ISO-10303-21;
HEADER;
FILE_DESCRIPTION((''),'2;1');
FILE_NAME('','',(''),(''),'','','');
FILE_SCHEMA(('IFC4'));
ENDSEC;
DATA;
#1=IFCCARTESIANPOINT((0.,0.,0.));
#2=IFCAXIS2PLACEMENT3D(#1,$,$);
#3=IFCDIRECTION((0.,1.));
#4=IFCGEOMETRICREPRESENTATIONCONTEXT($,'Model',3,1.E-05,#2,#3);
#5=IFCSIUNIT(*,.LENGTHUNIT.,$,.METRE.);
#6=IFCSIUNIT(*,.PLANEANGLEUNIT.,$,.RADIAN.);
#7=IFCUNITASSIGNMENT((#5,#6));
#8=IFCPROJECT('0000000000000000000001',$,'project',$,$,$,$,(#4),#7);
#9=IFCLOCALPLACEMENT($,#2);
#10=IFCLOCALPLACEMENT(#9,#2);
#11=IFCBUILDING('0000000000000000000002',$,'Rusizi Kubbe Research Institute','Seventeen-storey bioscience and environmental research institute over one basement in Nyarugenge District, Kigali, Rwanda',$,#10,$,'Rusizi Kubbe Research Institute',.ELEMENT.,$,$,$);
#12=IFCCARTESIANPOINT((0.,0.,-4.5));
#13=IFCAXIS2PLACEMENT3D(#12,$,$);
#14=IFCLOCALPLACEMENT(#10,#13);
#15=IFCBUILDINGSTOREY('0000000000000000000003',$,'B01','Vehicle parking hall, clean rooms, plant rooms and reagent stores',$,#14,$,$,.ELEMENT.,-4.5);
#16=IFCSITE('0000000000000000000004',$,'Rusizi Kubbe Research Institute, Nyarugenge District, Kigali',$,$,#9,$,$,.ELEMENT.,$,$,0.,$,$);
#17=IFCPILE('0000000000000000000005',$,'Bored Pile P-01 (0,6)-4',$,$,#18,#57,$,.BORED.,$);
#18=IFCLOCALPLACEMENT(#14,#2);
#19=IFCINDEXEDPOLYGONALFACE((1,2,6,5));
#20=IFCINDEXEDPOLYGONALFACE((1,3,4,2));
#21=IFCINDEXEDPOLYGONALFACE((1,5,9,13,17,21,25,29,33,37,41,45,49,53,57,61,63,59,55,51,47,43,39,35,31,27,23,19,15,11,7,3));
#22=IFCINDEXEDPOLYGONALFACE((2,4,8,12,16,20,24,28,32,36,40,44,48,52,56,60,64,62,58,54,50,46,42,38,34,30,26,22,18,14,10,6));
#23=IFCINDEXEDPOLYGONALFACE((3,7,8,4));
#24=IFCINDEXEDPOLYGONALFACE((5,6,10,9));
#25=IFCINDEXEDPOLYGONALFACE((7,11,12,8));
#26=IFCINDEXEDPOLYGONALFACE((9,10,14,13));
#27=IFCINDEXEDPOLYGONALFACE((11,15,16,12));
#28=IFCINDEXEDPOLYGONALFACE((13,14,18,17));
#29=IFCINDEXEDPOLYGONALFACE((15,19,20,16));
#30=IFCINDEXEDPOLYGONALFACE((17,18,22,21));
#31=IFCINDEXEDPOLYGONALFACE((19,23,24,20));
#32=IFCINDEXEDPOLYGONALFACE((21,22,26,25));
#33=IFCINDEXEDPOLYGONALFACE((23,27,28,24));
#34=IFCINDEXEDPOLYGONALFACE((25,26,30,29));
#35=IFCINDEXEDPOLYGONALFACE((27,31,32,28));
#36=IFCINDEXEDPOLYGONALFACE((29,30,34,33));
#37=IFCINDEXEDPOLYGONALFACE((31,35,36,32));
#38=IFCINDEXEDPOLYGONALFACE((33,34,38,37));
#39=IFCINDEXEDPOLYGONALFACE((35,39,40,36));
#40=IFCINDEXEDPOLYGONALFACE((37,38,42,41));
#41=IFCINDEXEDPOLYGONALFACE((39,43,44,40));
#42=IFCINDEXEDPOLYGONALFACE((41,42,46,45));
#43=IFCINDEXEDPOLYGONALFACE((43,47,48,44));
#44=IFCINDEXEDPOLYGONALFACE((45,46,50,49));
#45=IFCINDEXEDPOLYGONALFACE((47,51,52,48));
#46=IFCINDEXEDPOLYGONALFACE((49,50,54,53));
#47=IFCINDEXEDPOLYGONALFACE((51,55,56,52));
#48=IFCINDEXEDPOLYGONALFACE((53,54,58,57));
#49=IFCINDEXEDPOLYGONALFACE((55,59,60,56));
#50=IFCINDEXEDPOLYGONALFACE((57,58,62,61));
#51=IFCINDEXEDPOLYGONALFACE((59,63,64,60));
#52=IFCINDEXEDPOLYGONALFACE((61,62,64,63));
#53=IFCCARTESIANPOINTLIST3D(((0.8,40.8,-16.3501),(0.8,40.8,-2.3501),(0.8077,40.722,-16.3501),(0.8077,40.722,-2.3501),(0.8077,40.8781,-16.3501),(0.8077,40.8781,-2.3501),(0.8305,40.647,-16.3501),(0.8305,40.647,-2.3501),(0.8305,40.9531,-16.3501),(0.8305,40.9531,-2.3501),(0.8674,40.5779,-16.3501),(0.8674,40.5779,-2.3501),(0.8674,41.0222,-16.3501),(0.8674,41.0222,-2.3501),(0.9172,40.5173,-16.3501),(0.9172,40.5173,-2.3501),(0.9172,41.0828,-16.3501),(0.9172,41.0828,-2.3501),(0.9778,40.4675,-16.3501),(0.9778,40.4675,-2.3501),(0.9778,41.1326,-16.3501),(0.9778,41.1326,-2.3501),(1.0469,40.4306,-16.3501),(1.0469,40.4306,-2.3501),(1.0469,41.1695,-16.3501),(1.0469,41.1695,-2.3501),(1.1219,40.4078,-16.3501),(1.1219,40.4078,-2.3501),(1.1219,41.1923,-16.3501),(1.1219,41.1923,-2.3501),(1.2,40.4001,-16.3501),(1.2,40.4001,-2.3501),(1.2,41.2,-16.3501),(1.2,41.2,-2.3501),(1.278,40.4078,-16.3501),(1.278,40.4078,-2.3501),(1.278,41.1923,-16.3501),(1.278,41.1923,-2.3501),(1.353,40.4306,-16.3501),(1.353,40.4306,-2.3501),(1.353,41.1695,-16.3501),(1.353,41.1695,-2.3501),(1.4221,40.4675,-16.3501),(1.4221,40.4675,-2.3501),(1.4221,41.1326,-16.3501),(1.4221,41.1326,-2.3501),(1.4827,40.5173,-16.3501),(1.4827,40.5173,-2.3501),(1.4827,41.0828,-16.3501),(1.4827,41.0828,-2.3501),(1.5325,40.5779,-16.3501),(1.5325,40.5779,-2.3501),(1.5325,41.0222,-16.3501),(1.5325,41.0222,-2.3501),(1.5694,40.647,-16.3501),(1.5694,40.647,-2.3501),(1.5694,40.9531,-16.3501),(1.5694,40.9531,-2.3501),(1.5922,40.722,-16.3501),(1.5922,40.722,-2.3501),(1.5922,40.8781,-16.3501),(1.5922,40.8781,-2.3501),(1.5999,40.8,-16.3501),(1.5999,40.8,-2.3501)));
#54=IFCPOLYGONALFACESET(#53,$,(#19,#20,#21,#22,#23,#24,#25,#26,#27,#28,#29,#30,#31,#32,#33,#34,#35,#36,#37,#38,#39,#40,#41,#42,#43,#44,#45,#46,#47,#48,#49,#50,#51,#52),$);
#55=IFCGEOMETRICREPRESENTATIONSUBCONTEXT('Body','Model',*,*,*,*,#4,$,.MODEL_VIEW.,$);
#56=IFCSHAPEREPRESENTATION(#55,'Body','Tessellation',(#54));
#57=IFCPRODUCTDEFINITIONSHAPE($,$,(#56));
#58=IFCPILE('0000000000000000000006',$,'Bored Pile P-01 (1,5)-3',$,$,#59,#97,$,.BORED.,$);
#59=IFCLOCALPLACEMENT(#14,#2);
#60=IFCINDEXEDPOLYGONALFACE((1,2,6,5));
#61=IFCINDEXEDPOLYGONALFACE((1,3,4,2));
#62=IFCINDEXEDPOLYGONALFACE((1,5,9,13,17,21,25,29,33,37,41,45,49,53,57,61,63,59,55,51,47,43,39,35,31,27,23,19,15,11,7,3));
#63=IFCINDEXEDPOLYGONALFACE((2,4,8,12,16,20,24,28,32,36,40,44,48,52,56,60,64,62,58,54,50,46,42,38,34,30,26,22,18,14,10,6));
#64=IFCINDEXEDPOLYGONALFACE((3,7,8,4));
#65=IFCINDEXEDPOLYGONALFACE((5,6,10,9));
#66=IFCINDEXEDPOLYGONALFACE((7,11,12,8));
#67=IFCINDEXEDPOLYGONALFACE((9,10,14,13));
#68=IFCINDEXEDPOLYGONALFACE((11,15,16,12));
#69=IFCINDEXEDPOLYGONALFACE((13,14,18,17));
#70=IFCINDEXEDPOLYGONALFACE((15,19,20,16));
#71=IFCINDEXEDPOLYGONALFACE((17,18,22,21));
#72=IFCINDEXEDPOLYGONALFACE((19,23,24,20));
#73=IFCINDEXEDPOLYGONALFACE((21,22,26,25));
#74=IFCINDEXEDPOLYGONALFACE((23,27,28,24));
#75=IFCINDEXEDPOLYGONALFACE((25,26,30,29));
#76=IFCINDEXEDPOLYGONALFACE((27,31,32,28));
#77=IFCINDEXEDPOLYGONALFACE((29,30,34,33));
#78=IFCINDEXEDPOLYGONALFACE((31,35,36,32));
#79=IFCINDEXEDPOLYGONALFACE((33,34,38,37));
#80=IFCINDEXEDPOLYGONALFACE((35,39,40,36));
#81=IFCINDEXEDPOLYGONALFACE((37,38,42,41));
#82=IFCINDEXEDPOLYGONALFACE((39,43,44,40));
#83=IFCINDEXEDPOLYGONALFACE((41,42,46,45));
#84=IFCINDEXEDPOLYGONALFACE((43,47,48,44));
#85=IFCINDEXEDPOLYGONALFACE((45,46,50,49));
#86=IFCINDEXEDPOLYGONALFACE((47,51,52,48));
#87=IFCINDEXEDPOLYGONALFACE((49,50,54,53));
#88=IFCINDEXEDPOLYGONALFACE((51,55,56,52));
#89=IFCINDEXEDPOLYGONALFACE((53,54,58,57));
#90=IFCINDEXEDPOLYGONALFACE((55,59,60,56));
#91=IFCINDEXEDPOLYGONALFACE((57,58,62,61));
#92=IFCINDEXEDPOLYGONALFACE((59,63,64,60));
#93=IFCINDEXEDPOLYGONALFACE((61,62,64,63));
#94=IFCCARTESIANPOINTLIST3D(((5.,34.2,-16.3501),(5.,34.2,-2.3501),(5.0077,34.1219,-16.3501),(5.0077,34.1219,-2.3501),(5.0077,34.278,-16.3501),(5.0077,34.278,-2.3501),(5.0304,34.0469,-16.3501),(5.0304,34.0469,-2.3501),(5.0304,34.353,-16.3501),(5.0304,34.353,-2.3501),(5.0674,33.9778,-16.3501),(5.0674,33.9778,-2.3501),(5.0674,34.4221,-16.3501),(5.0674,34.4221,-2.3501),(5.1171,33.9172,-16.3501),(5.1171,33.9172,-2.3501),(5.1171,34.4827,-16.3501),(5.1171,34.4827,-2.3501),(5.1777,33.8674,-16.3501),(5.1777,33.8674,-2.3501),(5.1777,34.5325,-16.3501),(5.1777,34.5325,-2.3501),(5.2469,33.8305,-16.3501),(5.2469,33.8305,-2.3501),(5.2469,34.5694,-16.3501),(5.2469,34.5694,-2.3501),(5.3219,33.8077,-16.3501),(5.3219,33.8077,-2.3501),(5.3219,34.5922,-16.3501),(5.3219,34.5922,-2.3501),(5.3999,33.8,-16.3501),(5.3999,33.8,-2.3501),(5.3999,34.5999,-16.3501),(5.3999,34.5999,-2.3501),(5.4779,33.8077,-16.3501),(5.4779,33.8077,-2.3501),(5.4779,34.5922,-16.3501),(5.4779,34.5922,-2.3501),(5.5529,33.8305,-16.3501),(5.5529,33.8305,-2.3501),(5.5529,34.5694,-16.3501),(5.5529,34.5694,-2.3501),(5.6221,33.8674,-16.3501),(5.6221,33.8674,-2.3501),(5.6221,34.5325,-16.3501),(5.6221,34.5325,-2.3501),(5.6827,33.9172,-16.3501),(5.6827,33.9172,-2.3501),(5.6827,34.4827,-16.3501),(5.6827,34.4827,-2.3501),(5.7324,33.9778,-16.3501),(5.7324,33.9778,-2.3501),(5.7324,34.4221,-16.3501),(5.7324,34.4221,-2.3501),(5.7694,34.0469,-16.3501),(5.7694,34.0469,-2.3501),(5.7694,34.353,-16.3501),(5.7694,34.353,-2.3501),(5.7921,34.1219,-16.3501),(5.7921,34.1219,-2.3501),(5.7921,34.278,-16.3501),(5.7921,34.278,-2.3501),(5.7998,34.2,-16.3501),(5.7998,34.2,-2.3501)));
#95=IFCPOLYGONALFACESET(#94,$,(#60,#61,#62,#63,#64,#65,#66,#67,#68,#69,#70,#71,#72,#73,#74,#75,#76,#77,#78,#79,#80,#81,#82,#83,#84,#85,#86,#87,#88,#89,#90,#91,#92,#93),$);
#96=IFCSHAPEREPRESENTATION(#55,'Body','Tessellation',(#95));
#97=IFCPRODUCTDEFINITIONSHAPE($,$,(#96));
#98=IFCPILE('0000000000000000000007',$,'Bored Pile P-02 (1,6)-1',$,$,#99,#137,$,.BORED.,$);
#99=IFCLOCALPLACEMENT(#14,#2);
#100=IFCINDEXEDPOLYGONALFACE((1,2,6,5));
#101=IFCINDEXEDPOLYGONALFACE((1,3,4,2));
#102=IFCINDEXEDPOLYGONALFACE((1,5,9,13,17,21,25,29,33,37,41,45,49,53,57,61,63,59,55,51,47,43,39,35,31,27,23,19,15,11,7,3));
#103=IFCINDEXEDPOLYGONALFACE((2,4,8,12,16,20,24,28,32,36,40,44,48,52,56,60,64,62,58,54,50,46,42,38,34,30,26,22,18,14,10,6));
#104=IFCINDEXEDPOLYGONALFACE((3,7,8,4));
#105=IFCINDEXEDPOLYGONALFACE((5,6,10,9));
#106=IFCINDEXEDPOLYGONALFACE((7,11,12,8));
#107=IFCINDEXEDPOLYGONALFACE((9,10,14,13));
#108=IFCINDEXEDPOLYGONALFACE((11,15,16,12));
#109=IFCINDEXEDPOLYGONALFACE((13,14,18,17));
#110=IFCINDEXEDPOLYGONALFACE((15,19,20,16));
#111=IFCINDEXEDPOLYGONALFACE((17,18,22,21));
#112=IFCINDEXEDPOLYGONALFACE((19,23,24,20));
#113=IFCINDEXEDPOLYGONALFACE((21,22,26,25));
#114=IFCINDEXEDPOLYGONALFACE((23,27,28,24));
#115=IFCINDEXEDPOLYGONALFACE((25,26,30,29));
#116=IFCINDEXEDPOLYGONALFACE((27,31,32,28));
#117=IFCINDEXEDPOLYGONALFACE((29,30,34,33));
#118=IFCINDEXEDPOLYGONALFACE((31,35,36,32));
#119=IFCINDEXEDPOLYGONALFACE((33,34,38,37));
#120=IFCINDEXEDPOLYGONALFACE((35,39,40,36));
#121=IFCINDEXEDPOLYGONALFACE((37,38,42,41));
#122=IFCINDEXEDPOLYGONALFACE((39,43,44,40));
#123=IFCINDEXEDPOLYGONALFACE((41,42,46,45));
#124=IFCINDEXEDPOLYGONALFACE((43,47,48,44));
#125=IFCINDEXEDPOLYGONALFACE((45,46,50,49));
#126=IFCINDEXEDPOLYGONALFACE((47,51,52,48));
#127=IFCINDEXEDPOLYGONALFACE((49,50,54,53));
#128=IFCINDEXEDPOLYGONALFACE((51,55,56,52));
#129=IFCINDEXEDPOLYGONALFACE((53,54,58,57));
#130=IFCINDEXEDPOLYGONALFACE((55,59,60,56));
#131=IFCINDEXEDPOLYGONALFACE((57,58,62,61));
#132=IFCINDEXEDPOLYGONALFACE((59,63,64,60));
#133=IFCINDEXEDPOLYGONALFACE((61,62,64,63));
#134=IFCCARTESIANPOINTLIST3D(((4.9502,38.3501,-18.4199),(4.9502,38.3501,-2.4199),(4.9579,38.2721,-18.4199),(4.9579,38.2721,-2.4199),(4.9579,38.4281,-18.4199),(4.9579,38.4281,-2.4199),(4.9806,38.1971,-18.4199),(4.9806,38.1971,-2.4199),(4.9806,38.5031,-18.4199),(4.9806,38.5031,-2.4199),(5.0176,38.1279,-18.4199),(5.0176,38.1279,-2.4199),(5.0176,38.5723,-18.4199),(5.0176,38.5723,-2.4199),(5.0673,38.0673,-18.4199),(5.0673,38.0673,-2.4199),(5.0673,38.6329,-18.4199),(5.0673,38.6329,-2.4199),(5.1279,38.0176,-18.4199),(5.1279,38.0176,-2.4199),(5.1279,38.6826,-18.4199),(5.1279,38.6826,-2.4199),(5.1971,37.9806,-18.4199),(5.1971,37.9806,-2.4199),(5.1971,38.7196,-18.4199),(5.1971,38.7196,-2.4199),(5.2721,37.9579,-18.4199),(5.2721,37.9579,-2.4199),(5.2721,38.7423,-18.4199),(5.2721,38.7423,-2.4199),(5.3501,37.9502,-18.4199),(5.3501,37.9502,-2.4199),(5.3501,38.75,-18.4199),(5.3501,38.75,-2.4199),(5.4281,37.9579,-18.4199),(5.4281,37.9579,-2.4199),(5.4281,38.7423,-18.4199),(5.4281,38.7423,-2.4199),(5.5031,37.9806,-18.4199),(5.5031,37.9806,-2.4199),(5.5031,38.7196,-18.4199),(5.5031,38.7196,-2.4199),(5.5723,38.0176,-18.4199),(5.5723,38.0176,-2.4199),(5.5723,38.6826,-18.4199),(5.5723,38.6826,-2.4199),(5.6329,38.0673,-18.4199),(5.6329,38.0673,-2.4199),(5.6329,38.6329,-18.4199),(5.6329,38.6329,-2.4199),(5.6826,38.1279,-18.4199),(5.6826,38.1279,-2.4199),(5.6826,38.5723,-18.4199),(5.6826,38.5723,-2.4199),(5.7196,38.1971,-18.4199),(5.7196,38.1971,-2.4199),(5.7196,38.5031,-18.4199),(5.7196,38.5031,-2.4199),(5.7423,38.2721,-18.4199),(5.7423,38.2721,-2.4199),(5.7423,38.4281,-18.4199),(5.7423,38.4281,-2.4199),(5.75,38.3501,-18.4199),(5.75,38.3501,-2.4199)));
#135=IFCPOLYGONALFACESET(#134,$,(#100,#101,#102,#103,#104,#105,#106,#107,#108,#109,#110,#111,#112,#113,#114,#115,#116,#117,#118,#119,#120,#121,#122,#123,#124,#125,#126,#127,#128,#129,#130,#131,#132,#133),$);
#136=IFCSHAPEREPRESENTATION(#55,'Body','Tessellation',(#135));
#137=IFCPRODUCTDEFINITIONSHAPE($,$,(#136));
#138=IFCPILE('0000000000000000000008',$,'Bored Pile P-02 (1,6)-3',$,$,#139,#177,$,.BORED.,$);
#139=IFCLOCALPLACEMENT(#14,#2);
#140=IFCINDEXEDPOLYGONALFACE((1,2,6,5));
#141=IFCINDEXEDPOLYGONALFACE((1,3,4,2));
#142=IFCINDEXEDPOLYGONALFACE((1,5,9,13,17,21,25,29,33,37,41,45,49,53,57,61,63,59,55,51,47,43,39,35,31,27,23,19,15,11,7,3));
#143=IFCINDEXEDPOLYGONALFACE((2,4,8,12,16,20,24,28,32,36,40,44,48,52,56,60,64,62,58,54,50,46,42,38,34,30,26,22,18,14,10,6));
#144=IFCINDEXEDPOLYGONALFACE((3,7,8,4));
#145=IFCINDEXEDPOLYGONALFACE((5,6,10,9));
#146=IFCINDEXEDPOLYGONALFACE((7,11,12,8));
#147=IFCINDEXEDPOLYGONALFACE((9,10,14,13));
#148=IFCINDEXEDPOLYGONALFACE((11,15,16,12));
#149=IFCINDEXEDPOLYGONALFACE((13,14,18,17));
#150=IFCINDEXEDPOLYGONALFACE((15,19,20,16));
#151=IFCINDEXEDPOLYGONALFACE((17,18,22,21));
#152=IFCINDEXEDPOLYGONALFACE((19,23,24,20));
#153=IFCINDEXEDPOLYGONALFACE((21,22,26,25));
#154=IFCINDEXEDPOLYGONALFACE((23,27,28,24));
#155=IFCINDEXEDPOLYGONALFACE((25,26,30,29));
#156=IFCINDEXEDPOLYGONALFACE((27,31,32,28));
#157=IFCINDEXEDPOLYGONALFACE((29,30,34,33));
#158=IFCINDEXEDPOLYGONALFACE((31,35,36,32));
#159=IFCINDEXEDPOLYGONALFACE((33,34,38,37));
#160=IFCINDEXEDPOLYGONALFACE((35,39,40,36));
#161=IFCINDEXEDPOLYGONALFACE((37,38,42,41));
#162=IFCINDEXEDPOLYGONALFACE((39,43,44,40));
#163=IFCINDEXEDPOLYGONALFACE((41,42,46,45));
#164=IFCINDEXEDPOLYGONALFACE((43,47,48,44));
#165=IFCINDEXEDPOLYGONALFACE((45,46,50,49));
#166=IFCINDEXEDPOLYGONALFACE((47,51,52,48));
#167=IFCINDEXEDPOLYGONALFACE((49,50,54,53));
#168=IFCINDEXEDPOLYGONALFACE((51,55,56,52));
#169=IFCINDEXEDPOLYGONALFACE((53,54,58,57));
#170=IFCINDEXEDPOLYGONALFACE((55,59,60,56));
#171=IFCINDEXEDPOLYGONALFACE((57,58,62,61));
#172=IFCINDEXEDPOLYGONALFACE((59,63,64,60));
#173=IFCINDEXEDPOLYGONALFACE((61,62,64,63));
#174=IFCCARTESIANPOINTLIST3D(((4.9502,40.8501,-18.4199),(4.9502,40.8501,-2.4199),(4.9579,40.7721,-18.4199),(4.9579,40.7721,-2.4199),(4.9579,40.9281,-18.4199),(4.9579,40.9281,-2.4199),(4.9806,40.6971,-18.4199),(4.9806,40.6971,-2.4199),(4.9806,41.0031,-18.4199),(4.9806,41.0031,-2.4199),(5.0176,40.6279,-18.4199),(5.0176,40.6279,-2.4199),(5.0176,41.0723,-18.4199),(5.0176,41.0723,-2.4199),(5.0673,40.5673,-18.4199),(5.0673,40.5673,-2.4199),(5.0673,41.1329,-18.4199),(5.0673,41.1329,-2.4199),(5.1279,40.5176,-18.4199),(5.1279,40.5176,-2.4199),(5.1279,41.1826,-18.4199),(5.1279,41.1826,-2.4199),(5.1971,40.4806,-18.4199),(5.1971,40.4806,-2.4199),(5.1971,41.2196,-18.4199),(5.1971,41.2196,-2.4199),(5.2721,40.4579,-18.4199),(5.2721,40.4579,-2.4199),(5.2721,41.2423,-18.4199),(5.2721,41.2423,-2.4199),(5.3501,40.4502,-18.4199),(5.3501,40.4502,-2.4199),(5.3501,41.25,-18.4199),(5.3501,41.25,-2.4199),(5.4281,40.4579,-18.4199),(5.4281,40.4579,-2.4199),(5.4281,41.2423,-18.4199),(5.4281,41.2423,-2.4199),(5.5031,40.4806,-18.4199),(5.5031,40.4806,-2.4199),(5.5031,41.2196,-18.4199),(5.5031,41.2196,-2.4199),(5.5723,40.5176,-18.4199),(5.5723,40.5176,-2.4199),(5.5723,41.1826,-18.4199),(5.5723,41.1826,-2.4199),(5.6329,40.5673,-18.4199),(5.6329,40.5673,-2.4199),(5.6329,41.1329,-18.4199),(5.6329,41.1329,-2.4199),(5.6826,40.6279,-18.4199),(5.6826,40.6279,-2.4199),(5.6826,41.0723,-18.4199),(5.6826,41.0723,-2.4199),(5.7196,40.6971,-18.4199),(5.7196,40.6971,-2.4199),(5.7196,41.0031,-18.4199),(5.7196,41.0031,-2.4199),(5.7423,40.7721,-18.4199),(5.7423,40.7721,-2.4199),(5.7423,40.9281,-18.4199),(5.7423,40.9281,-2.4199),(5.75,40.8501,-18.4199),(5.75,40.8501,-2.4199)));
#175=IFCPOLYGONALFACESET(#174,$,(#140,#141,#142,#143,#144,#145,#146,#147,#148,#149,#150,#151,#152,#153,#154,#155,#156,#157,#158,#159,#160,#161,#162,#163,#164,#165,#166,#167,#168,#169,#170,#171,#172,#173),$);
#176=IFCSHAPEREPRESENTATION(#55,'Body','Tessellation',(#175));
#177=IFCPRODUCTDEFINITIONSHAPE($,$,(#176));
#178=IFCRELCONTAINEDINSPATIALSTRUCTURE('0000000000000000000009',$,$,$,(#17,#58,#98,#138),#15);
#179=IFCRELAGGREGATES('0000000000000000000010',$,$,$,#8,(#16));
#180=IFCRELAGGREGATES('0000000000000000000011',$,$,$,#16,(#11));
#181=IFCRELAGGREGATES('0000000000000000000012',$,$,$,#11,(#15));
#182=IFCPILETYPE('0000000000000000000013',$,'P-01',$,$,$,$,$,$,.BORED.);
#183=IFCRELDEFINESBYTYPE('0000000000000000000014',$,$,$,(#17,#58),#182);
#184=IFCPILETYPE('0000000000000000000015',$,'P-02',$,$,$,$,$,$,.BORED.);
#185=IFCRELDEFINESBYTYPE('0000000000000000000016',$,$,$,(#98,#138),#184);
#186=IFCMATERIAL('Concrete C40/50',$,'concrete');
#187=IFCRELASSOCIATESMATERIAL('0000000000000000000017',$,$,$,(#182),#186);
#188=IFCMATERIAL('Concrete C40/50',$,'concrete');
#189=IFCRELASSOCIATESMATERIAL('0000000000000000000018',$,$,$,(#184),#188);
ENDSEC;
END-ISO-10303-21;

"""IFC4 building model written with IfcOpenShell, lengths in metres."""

from ifc_helpers import new_model, si_unit, direction, frame, origin, origin_2d, place, context, subcontext, project, spatial, circle, extrude, material, material_profile, profile_set, type_object, element, save


model = new_model("IFC4")

# Units and contexts
model_context = context("Model", 3, precision=1e-05, world=origin(), true_north=direction((0.0, 1.0)))
body_context = subcontext(model_context, "Body", "Model", "MODEL_VIEW")
ifc_project = project(units=[si_unit("LENGTHUNIT", "METRE"), si_unit("PLANEANGLEUNIT", "RADIAN")], contexts=[model_context])

# Site, building, storey
site_placement = place(None, origin())
site = spatial("IfcSite", under=ifc_project, at=site_placement, Name="Rusizi Kubbe Research Institute, Nyarugenge District, Kigali", CompositionType="ELEMENT", RefElevation=0.0)
building_placement = place(site_placement, origin())
building = spatial("IfcBuilding", under=site, at=building_placement, Name="Rusizi Kubbe Research Institute", Description="Seventeen-storey bioscience and environmental research institute over one basement in Nyarugenge District, Kigali, Rwanda", LongName="Rusizi Kubbe Research Institute", CompositionType="ELEMENT")
storey_placement = place(building_placement, frame((0.0, 0.0, -4.5)))
storey = spatial("IfcBuildingStorey", under=building, at=storey_placement, Name="B01", Description="Vehicle parking hall, clean rooms, plant rooms and reagent stores", CompositionType="ELEMENT", Elevation=-4.5)

# Piles
ifc_material_1 = material(Name="Concrete C40/50", Category="concrete")
ifc_material_profile_1 = material_profile(ifc_material_1, circle(Radius=0.3999, at=origin_2d()), Name="PILE-D800")
ifc_profile_set_1 = profile_set([ifc_material_profile_1], Name="Concrete C40/50")
pile_type_1 = type_object("IfcPileType", Name="P-01", PredefinedType="BORED", material=ifc_profile_set_1)
for number, where, z_axis, x_axis, name in (
    (1, (1.2, 40.8, -2.3501), (0.0, 0.0, -1.0), (1.0, 0.0, 0.0), "Bored Pile P-01 (0,6)-4"),
    (2, (5.3999, 34.2, -2.3501), (0.0, 0.0, -1.0), (1.0, 0.0, 0.0), "Bored Pile P-01 (1,5)-3"),
):
    element("IfcPile", number, at=place(storey_placement, frame(where, z_axis=z_axis, x_axis=x_axis)), inside=storey, type_object=pile_type_1, Name=name, PredefinedType="BORED", context=body_context, shape_type="SweptSolid", body=[
        extrude(circle(Radius=0.3999, at=origin_2d()), origin(), (0.0, 0.0, 1.0), 14.0),
    ])
ifc_material_2 = material(Name="Concrete C40/50", Category="concrete")
ifc_material_profile_2 = material_profile(ifc_material_2, circle(Radius=0.3999, at=origin_2d()), Name="PILE-D800")
ifc_profile_set_2 = profile_set([ifc_material_profile_2], Name="Concrete C40/50")
pile_type_2 = type_object("IfcPileType", Name="P-02", PredefinedType="BORED", material=ifc_profile_set_2)
for number, where, z_axis, x_axis, name in (
    (3, (5.3501, 38.3501, -2.4199), (0.0, 0.0, -1.0), (1.0, 0.0, 0.0), "Bored Pile P-02 (1,6)-1"),
    (4, (5.3501, 40.8501, -2.4199), (0.0, 0.0, -1.0), (1.0, 0.0, 0.0), "Bored Pile P-02 (1,6)-3"),
):
    element("IfcPile", number, at=place(storey_placement, frame(where, z_axis=z_axis, x_axis=x_axis)), inside=storey, type_object=pile_type_2, Name=name, PredefinedType="BORED", context=body_context, shape_type="SweptSolid", body=[
        extrude(circle(Radius=0.3999, at=origin_2d()), origin(), (0.0, 0.0, 1.0), 16.0),
    ])

save(model, "model.ifc")
